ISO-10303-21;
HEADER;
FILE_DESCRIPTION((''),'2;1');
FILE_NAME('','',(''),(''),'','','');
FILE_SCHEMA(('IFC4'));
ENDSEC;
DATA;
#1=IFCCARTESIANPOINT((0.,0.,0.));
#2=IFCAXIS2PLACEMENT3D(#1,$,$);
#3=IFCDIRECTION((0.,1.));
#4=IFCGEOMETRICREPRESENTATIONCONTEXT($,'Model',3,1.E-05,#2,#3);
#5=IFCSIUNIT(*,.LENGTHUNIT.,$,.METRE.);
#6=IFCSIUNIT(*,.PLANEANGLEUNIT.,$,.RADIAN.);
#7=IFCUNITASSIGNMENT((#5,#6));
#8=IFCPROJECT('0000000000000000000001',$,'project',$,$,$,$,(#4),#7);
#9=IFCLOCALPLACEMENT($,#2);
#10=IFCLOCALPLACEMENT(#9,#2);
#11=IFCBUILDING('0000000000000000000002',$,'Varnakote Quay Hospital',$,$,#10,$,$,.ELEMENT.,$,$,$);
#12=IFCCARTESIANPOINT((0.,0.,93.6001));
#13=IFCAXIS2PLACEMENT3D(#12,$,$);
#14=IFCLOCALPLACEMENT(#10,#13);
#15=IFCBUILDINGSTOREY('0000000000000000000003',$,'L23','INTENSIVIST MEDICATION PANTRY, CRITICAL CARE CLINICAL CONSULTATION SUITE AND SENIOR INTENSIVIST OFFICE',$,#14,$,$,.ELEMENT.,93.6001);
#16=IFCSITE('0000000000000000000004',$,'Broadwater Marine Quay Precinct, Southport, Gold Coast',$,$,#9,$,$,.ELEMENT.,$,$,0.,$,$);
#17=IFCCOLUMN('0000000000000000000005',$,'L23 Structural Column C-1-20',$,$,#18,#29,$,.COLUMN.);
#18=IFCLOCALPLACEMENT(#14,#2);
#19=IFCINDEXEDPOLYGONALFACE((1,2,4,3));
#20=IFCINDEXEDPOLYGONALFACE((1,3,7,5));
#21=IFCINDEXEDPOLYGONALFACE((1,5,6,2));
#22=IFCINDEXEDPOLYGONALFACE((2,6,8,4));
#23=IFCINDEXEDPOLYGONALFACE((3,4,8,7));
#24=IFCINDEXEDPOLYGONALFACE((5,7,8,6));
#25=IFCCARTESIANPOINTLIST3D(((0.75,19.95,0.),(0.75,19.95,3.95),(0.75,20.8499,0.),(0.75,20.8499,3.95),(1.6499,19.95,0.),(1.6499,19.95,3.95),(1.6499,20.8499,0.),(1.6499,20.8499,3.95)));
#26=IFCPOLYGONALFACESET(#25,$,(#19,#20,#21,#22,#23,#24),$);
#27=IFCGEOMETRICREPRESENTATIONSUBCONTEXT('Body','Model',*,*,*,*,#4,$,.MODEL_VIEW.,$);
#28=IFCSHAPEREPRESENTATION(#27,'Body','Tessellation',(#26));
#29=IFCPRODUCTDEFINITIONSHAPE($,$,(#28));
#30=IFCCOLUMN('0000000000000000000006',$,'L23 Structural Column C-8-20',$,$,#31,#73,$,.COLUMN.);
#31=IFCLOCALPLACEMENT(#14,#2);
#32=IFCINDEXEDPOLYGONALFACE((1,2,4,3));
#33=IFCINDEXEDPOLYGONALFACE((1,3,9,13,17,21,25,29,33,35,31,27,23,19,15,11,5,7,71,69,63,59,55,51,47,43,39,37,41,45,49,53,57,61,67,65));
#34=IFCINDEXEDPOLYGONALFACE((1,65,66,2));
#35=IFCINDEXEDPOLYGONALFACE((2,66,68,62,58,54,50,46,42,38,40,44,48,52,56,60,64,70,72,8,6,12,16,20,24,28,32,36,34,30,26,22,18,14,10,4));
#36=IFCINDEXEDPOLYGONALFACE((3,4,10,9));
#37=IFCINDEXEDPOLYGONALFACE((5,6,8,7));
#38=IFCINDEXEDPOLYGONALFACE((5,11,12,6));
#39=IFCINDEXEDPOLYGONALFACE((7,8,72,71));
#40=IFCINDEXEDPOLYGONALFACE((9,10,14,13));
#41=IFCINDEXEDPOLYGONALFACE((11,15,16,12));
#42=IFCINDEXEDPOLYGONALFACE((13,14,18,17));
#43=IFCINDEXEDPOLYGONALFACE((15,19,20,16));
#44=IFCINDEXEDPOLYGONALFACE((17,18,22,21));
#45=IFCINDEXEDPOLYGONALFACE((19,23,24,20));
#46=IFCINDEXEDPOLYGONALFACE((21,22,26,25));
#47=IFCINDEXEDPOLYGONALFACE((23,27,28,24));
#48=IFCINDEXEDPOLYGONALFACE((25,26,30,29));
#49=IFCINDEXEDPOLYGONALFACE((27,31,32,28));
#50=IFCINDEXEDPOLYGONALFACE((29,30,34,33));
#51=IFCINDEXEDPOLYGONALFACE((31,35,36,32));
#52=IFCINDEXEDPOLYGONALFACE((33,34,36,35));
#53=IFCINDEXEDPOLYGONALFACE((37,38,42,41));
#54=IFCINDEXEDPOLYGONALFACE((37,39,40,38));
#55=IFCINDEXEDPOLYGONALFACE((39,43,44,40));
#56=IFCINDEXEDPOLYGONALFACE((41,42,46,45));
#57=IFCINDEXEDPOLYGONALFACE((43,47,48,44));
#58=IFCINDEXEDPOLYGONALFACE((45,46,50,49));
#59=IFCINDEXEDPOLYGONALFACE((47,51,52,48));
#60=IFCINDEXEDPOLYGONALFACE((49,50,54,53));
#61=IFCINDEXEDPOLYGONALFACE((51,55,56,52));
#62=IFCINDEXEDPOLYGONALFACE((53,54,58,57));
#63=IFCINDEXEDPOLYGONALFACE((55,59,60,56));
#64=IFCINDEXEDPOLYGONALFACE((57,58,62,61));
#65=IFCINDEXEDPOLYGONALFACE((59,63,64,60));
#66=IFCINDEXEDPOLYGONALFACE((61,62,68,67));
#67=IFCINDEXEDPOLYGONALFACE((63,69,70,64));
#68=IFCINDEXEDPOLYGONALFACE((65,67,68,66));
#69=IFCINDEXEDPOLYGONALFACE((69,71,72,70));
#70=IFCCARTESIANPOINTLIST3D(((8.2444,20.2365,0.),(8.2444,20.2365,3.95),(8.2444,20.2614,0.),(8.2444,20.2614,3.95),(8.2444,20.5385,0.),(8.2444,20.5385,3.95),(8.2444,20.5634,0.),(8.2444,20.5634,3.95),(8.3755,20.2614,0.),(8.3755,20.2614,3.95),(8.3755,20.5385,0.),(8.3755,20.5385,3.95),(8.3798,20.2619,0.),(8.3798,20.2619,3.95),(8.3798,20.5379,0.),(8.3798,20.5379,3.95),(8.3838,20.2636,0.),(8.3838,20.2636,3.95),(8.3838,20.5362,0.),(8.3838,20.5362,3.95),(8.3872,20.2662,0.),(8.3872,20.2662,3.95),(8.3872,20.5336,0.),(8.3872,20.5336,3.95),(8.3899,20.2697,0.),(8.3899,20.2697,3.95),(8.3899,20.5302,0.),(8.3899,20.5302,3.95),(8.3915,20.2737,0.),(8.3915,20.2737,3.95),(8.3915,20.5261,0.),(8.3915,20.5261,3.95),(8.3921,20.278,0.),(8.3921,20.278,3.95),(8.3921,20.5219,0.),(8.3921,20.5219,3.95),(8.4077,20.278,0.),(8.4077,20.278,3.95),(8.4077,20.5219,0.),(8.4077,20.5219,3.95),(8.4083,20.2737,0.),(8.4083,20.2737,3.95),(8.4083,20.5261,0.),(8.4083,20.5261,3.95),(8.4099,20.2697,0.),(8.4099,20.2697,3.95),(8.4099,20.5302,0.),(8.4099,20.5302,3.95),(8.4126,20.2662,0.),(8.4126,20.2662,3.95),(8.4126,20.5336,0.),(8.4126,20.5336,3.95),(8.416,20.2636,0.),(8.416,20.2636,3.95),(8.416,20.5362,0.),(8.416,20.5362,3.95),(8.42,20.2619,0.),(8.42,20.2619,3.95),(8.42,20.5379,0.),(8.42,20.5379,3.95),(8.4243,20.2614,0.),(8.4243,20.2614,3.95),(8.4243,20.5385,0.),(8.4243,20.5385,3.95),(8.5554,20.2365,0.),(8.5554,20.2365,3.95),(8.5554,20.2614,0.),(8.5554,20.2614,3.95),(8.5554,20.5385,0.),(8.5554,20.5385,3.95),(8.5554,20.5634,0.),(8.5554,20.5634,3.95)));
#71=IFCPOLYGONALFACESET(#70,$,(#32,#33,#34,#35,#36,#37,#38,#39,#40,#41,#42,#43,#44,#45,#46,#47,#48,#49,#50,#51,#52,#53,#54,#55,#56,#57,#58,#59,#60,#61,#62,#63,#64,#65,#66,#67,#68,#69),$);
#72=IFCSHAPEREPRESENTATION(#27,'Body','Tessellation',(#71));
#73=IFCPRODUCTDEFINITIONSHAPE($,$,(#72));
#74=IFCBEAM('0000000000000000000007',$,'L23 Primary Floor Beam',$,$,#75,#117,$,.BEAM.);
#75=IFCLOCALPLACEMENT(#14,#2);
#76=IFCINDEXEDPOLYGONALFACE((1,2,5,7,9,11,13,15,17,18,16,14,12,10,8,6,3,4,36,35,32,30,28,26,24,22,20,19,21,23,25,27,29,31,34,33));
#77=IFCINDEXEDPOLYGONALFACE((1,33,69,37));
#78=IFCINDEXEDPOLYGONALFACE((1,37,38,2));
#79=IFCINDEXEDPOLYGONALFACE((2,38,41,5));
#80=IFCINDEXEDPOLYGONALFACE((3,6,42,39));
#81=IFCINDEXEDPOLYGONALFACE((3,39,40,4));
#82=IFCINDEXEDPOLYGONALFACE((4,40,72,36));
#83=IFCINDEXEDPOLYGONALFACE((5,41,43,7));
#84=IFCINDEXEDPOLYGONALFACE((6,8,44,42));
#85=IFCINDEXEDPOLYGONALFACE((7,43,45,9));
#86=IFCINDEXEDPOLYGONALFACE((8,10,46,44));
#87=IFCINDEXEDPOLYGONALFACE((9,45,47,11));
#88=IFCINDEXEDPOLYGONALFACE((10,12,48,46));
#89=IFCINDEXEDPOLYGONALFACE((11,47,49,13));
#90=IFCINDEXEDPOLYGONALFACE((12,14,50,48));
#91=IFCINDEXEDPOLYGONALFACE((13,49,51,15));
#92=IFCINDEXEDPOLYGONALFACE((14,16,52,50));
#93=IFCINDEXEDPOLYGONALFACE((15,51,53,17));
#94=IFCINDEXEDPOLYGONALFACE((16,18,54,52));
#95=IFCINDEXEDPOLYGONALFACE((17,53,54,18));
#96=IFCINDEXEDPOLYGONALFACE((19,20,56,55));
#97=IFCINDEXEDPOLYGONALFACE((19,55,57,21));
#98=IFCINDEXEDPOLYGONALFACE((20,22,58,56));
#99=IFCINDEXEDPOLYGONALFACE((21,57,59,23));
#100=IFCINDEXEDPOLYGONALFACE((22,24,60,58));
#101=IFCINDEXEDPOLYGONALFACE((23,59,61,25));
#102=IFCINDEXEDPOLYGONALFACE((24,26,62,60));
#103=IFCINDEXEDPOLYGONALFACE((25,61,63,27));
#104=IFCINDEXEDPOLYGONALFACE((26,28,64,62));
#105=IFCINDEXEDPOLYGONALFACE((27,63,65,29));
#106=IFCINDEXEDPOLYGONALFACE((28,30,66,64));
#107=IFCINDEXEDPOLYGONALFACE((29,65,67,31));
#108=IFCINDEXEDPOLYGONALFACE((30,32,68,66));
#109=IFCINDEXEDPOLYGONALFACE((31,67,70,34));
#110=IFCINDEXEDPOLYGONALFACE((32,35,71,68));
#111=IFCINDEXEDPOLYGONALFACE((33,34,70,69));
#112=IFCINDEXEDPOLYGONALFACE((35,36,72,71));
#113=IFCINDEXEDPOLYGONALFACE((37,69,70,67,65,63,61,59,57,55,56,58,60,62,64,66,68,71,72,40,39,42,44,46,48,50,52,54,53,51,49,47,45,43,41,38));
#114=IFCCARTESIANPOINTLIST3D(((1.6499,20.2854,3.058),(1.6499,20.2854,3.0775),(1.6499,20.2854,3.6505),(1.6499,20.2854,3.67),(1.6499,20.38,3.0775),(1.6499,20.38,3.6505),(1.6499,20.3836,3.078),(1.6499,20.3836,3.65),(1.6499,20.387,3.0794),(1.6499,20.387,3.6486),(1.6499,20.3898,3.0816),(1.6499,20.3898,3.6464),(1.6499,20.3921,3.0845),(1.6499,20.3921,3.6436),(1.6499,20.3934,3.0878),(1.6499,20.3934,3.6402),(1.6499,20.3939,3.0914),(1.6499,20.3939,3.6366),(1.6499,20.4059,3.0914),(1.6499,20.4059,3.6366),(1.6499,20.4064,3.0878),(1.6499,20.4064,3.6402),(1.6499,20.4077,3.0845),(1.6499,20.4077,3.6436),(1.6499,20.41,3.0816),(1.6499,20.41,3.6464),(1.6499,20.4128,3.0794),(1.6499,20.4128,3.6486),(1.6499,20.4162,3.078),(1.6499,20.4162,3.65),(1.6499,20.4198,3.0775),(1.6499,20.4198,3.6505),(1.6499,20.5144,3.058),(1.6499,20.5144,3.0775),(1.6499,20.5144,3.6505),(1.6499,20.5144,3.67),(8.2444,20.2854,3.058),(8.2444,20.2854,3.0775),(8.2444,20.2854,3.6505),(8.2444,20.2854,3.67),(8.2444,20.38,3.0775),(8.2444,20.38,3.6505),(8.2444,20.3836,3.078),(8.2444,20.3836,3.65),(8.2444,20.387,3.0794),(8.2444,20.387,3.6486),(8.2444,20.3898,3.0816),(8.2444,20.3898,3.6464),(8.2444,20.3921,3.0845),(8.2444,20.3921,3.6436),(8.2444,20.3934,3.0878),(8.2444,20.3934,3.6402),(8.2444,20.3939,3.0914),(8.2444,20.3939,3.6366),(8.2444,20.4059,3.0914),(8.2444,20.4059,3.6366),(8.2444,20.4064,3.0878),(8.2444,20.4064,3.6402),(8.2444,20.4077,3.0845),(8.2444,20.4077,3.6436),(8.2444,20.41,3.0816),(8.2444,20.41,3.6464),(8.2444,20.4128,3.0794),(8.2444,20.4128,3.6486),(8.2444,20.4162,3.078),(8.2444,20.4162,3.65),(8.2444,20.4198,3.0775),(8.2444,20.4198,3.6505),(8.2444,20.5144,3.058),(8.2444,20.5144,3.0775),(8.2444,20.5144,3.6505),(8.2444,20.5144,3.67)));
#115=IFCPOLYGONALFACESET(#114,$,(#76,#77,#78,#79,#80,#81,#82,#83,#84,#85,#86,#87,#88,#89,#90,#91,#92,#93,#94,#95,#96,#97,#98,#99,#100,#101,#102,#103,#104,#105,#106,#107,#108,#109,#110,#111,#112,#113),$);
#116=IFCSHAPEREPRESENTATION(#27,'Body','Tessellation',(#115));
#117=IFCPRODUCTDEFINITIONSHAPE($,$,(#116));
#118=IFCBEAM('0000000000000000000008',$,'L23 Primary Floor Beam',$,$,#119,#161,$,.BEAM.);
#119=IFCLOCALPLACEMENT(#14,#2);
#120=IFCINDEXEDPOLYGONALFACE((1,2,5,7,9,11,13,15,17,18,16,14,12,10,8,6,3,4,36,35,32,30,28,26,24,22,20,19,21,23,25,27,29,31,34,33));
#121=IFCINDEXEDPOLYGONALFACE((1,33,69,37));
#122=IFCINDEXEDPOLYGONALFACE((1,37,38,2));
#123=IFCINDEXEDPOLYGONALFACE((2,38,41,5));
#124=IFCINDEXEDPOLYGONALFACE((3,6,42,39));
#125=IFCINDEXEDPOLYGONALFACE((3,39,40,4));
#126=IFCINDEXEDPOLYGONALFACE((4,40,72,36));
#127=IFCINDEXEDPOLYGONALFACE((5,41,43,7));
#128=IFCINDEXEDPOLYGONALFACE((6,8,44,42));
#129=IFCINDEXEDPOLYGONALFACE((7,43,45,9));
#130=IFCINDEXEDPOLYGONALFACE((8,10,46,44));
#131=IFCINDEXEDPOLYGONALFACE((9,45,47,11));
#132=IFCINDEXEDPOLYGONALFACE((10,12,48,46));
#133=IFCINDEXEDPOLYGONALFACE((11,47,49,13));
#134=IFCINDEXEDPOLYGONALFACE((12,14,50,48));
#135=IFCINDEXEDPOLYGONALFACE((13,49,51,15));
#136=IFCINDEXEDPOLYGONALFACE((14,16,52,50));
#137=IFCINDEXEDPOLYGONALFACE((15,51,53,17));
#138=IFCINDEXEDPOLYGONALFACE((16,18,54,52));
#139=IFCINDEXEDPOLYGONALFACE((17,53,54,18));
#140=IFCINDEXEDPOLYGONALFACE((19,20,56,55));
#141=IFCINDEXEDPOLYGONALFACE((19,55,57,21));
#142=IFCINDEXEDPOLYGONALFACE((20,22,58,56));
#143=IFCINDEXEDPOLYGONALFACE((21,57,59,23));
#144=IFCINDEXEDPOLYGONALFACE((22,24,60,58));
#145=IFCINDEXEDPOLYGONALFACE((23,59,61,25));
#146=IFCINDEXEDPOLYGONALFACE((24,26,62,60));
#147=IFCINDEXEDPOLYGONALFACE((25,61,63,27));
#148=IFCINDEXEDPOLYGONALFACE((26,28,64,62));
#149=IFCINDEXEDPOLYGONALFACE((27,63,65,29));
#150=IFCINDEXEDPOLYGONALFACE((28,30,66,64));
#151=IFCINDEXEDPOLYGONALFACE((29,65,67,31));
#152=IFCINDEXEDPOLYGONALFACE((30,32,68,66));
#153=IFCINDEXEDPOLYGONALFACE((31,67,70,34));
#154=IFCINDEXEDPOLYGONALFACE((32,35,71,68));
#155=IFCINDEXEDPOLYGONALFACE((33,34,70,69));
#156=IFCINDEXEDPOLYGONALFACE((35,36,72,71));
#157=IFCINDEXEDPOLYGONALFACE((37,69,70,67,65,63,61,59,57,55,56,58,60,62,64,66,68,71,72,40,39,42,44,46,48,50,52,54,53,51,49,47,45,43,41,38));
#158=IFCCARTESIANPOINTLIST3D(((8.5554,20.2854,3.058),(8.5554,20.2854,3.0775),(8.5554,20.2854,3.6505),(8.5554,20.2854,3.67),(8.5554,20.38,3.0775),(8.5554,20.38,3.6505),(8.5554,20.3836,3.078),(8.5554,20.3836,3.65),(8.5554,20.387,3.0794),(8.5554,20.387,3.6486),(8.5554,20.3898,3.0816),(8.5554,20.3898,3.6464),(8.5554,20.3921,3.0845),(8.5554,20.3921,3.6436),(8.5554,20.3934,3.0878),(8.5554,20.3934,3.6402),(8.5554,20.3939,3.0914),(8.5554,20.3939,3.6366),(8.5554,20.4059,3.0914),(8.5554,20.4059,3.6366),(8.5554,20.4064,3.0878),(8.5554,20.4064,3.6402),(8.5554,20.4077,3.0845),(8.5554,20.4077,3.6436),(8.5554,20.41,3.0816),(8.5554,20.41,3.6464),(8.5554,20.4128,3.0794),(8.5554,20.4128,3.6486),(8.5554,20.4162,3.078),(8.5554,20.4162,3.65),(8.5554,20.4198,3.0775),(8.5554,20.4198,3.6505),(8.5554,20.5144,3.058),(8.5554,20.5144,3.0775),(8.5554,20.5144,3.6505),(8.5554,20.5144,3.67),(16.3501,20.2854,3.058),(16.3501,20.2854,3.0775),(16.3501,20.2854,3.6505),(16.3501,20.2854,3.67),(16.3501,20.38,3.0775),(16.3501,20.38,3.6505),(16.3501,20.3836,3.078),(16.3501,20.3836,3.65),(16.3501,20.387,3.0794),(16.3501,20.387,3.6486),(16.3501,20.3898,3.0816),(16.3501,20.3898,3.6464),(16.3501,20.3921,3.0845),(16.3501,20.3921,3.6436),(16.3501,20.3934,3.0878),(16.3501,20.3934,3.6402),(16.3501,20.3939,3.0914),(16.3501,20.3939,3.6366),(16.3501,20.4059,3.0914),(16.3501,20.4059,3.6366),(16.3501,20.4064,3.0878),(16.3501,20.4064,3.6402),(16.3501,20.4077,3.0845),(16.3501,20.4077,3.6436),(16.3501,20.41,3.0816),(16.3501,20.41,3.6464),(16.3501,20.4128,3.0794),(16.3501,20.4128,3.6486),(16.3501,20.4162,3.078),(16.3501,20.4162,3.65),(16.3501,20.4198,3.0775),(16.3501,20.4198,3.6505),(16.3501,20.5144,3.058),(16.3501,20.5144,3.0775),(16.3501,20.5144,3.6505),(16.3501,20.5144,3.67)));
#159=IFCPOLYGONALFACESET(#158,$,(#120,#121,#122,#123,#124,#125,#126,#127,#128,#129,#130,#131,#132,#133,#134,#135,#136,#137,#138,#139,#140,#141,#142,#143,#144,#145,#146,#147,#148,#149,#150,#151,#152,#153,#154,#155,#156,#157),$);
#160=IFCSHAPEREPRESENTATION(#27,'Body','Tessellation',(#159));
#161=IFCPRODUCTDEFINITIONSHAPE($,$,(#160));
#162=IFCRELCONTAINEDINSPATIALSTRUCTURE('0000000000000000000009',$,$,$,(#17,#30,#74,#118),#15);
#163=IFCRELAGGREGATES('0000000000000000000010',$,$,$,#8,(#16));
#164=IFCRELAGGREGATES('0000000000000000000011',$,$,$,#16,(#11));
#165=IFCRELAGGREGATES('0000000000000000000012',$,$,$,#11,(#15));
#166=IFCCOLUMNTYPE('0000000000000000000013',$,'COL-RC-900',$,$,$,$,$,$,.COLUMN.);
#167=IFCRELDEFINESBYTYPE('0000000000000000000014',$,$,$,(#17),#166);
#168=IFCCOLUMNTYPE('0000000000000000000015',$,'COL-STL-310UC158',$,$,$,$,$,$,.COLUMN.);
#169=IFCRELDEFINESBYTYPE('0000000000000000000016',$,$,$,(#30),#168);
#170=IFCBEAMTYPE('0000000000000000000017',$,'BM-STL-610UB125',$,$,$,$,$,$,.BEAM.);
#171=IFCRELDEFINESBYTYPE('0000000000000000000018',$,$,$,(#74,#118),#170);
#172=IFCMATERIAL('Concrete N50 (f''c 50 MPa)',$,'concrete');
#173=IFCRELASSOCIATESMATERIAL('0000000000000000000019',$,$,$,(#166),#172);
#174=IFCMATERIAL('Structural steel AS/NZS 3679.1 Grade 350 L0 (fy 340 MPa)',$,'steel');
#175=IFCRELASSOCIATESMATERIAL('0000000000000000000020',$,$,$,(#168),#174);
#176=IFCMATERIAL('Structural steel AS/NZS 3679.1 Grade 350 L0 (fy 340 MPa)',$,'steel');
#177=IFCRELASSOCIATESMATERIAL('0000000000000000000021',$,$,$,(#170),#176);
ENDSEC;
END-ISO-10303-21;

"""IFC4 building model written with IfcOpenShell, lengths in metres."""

from ifc_helpers import new_model, si_unit, direction, frame, origin, origin_2d, place, context, subcontext, project, spatial, rectangle, i_section, extrude, material, material_profile, profile_set, type_object, element, save


model = new_model("IFC4")

# Units and contexts
model_context = context("Model", 3, precision=1e-05, world=origin(), true_north=direction((0.0, 1.0)))
body_context = subcontext(model_context, "Body", "Model", "MODEL_VIEW")
ifc_project = project(units=[si_unit("LENGTHUNIT", "METRE"), si_unit("PLANEANGLEUNIT", "RADIAN")], contexts=[model_context])

# Site, building, storey
site_placement = place(None, origin())
site = spatial("IfcSite", under=ifc_project, at=site_placement, Name="Broadwater Marine Quay Precinct, Southport, Gold Coast", CompositionType="ELEMENT", RefElevation=0.0)
building_placement = place(site_placement, origin())
building = spatial("IfcBuilding", under=site, at=building_placement, Name="Varnakote Quay Hospital", CompositionType="ELEMENT")
storey_placement = place(building_placement, frame((0.0, 0.0, 93.6001)))
storey = spatial("IfcBuildingStorey", under=building, at=storey_placement, Name="L23", Description="INTENSIVIST MEDICATION PANTRY, CRITICAL CARE CLINICAL CONSULTATION SUITE AND SENIOR INTENSIVIST OFFICE", CompositionType="ELEMENT", Elevation=93.6001)

# Columns
ifc_material_1 = material(Name="Concrete N50 (f'c 50 MPa)", Category="concrete")
ifc_material_profile_1 = material_profile(ifc_material_1, rectangle(XDim=0.8999, YDim=0.8999, at=origin_2d()), Name="RC-COL-900x900")
ifc_profile_set_1 = profile_set([ifc_material_profile_1], Name="Concrete N50 (f'c 50 MPa)")
column_type_1 = type_object("IfcColumnType", Name="COL-RC-900", PredefinedType="COLUMN", material=ifc_profile_set_1)
column_1_placement = place(storey_placement, frame((1.2, 20.3999, 0.0), z_axis=(0.0, 0.0, 1.0), x_axis=(1.0, 0.0, 0.0)))
element("IfcColumn", 1, at=column_1_placement, inside=storey, type_object=column_type_1, Name="L23 Structural Column C-1-20", PredefinedType="COLUMN", context=body_context, shape_type="SweptSolid", body=[
    extrude(rectangle(XDim=0.8999, YDim=0.8999, at=origin_2d()), origin(), (0.0, 0.0, 1.0), 3.95),
])
ifc_material_2 = material(Name="Structural steel AS/NZS 3679.1 Grade 350 L0 (fy 340 MPa)", Category="steel")
ifc_material_profile_2 = material_profile(ifc_material_2, i_section(OverallWidth=0.311, OverallDepth=0.3269, WebThickness=0.0156, FlangeThickness=0.0249, FilletRadius=0.0166, at=origin_2d()), Name="310UC158")
ifc_profile_set_2 = profile_set([ifc_material_profile_2], Name="Structural steel AS/NZS 3679.1 Grade 350 L0 (fy 340 MPa)")
column_type_2 = type_object("IfcColumnType", Name="COL-STL-310UC158", PredefinedType="COLUMN", material=ifc_profile_set_2)
column_2_placement = place(storey_placement, frame((8.3999, 20.3999, 0.0), z_axis=(0.0, 0.0, 1.0), x_axis=(1.0, 0.0, 0.0)))
element("IfcColumn", 2, at=column_2_placement, inside=storey, type_object=column_type_2, Name="L23 Structural Column C-8-20", PredefinedType="COLUMN", context=body_context, shape_type="SweptSolid", body=[
    extrude(i_section(OverallWidth=0.311, OverallDepth=0.3269, WebThickness=0.0156, FlangeThickness=0.0249, FilletRadius=0.0166, at=origin_2d()), origin(), (0.0, 0.0, 1.0), 3.95),
])

# Beams
ifc_material_3 = material(Name="Structural steel AS/NZS 3679.1 Grade 350 L0 (fy 340 MPa)", Category="steel")
ifc_material_profile_3 = material_profile(ifc_material_3, i_section(OverallWidth=0.229, OverallDepth=0.6121, WebThickness=0.012, FlangeThickness=0.0195, FilletRadius=0.0139, at=origin_2d()), Name="610UB125")
ifc_profile_set_3 = profile_set([ifc_material_profile_3], Name="Structural steel AS/NZS 3679.1 Grade 350 L0 (fy 340 MPa)")
beam_type_1 = type_object("IfcBeamType", Name="BM-STL-610UB125", PredefinedType="BEAM", material=ifc_profile_set_3)
beam_1_placement = place(storey_placement, frame((1.6499, 20.3999, 3.364), z_axis=(1.0, 0.0, 0.0), x_axis=(0.0, 1.0, 0.0)))
element("IfcBeam", 3, at=beam_1_placement, inside=storey, type_object=beam_type_1, Name="L23 Primary Floor Beam", PredefinedType="BEAM", context=body_context, shape_type="SweptSolid", body=[
    extrude(i_section(OverallWidth=0.229, OverallDepth=0.6121, WebThickness=0.012, FlangeThickness=0.0195, FilletRadius=0.0139, at=origin_2d()), origin(), (0.0, 0.0, 1.0), 6.5945),
])
beam_2_placement = place(storey_placement, frame((8.5554, 20.3999, 3.364), z_axis=(1.0, 0.0, 0.0), x_axis=(0.0, 1.0, 0.0)))
element("IfcBeam", 4, at=beam_2_placement, inside=storey, type_object=beam_type_1, Name="L23 Primary Floor Beam", PredefinedType="BEAM", context=body_context, shape_type="SweptSolid", body=[
    extrude(i_section(OverallWidth=0.229, OverallDepth=0.6121, WebThickness=0.012, FlangeThickness=0.0195, FilletRadius=0.0139, at=origin_2d()), origin(), (0.0, 0.0, 1.0), 7.7947),
])

save(model, "model.ifc")
